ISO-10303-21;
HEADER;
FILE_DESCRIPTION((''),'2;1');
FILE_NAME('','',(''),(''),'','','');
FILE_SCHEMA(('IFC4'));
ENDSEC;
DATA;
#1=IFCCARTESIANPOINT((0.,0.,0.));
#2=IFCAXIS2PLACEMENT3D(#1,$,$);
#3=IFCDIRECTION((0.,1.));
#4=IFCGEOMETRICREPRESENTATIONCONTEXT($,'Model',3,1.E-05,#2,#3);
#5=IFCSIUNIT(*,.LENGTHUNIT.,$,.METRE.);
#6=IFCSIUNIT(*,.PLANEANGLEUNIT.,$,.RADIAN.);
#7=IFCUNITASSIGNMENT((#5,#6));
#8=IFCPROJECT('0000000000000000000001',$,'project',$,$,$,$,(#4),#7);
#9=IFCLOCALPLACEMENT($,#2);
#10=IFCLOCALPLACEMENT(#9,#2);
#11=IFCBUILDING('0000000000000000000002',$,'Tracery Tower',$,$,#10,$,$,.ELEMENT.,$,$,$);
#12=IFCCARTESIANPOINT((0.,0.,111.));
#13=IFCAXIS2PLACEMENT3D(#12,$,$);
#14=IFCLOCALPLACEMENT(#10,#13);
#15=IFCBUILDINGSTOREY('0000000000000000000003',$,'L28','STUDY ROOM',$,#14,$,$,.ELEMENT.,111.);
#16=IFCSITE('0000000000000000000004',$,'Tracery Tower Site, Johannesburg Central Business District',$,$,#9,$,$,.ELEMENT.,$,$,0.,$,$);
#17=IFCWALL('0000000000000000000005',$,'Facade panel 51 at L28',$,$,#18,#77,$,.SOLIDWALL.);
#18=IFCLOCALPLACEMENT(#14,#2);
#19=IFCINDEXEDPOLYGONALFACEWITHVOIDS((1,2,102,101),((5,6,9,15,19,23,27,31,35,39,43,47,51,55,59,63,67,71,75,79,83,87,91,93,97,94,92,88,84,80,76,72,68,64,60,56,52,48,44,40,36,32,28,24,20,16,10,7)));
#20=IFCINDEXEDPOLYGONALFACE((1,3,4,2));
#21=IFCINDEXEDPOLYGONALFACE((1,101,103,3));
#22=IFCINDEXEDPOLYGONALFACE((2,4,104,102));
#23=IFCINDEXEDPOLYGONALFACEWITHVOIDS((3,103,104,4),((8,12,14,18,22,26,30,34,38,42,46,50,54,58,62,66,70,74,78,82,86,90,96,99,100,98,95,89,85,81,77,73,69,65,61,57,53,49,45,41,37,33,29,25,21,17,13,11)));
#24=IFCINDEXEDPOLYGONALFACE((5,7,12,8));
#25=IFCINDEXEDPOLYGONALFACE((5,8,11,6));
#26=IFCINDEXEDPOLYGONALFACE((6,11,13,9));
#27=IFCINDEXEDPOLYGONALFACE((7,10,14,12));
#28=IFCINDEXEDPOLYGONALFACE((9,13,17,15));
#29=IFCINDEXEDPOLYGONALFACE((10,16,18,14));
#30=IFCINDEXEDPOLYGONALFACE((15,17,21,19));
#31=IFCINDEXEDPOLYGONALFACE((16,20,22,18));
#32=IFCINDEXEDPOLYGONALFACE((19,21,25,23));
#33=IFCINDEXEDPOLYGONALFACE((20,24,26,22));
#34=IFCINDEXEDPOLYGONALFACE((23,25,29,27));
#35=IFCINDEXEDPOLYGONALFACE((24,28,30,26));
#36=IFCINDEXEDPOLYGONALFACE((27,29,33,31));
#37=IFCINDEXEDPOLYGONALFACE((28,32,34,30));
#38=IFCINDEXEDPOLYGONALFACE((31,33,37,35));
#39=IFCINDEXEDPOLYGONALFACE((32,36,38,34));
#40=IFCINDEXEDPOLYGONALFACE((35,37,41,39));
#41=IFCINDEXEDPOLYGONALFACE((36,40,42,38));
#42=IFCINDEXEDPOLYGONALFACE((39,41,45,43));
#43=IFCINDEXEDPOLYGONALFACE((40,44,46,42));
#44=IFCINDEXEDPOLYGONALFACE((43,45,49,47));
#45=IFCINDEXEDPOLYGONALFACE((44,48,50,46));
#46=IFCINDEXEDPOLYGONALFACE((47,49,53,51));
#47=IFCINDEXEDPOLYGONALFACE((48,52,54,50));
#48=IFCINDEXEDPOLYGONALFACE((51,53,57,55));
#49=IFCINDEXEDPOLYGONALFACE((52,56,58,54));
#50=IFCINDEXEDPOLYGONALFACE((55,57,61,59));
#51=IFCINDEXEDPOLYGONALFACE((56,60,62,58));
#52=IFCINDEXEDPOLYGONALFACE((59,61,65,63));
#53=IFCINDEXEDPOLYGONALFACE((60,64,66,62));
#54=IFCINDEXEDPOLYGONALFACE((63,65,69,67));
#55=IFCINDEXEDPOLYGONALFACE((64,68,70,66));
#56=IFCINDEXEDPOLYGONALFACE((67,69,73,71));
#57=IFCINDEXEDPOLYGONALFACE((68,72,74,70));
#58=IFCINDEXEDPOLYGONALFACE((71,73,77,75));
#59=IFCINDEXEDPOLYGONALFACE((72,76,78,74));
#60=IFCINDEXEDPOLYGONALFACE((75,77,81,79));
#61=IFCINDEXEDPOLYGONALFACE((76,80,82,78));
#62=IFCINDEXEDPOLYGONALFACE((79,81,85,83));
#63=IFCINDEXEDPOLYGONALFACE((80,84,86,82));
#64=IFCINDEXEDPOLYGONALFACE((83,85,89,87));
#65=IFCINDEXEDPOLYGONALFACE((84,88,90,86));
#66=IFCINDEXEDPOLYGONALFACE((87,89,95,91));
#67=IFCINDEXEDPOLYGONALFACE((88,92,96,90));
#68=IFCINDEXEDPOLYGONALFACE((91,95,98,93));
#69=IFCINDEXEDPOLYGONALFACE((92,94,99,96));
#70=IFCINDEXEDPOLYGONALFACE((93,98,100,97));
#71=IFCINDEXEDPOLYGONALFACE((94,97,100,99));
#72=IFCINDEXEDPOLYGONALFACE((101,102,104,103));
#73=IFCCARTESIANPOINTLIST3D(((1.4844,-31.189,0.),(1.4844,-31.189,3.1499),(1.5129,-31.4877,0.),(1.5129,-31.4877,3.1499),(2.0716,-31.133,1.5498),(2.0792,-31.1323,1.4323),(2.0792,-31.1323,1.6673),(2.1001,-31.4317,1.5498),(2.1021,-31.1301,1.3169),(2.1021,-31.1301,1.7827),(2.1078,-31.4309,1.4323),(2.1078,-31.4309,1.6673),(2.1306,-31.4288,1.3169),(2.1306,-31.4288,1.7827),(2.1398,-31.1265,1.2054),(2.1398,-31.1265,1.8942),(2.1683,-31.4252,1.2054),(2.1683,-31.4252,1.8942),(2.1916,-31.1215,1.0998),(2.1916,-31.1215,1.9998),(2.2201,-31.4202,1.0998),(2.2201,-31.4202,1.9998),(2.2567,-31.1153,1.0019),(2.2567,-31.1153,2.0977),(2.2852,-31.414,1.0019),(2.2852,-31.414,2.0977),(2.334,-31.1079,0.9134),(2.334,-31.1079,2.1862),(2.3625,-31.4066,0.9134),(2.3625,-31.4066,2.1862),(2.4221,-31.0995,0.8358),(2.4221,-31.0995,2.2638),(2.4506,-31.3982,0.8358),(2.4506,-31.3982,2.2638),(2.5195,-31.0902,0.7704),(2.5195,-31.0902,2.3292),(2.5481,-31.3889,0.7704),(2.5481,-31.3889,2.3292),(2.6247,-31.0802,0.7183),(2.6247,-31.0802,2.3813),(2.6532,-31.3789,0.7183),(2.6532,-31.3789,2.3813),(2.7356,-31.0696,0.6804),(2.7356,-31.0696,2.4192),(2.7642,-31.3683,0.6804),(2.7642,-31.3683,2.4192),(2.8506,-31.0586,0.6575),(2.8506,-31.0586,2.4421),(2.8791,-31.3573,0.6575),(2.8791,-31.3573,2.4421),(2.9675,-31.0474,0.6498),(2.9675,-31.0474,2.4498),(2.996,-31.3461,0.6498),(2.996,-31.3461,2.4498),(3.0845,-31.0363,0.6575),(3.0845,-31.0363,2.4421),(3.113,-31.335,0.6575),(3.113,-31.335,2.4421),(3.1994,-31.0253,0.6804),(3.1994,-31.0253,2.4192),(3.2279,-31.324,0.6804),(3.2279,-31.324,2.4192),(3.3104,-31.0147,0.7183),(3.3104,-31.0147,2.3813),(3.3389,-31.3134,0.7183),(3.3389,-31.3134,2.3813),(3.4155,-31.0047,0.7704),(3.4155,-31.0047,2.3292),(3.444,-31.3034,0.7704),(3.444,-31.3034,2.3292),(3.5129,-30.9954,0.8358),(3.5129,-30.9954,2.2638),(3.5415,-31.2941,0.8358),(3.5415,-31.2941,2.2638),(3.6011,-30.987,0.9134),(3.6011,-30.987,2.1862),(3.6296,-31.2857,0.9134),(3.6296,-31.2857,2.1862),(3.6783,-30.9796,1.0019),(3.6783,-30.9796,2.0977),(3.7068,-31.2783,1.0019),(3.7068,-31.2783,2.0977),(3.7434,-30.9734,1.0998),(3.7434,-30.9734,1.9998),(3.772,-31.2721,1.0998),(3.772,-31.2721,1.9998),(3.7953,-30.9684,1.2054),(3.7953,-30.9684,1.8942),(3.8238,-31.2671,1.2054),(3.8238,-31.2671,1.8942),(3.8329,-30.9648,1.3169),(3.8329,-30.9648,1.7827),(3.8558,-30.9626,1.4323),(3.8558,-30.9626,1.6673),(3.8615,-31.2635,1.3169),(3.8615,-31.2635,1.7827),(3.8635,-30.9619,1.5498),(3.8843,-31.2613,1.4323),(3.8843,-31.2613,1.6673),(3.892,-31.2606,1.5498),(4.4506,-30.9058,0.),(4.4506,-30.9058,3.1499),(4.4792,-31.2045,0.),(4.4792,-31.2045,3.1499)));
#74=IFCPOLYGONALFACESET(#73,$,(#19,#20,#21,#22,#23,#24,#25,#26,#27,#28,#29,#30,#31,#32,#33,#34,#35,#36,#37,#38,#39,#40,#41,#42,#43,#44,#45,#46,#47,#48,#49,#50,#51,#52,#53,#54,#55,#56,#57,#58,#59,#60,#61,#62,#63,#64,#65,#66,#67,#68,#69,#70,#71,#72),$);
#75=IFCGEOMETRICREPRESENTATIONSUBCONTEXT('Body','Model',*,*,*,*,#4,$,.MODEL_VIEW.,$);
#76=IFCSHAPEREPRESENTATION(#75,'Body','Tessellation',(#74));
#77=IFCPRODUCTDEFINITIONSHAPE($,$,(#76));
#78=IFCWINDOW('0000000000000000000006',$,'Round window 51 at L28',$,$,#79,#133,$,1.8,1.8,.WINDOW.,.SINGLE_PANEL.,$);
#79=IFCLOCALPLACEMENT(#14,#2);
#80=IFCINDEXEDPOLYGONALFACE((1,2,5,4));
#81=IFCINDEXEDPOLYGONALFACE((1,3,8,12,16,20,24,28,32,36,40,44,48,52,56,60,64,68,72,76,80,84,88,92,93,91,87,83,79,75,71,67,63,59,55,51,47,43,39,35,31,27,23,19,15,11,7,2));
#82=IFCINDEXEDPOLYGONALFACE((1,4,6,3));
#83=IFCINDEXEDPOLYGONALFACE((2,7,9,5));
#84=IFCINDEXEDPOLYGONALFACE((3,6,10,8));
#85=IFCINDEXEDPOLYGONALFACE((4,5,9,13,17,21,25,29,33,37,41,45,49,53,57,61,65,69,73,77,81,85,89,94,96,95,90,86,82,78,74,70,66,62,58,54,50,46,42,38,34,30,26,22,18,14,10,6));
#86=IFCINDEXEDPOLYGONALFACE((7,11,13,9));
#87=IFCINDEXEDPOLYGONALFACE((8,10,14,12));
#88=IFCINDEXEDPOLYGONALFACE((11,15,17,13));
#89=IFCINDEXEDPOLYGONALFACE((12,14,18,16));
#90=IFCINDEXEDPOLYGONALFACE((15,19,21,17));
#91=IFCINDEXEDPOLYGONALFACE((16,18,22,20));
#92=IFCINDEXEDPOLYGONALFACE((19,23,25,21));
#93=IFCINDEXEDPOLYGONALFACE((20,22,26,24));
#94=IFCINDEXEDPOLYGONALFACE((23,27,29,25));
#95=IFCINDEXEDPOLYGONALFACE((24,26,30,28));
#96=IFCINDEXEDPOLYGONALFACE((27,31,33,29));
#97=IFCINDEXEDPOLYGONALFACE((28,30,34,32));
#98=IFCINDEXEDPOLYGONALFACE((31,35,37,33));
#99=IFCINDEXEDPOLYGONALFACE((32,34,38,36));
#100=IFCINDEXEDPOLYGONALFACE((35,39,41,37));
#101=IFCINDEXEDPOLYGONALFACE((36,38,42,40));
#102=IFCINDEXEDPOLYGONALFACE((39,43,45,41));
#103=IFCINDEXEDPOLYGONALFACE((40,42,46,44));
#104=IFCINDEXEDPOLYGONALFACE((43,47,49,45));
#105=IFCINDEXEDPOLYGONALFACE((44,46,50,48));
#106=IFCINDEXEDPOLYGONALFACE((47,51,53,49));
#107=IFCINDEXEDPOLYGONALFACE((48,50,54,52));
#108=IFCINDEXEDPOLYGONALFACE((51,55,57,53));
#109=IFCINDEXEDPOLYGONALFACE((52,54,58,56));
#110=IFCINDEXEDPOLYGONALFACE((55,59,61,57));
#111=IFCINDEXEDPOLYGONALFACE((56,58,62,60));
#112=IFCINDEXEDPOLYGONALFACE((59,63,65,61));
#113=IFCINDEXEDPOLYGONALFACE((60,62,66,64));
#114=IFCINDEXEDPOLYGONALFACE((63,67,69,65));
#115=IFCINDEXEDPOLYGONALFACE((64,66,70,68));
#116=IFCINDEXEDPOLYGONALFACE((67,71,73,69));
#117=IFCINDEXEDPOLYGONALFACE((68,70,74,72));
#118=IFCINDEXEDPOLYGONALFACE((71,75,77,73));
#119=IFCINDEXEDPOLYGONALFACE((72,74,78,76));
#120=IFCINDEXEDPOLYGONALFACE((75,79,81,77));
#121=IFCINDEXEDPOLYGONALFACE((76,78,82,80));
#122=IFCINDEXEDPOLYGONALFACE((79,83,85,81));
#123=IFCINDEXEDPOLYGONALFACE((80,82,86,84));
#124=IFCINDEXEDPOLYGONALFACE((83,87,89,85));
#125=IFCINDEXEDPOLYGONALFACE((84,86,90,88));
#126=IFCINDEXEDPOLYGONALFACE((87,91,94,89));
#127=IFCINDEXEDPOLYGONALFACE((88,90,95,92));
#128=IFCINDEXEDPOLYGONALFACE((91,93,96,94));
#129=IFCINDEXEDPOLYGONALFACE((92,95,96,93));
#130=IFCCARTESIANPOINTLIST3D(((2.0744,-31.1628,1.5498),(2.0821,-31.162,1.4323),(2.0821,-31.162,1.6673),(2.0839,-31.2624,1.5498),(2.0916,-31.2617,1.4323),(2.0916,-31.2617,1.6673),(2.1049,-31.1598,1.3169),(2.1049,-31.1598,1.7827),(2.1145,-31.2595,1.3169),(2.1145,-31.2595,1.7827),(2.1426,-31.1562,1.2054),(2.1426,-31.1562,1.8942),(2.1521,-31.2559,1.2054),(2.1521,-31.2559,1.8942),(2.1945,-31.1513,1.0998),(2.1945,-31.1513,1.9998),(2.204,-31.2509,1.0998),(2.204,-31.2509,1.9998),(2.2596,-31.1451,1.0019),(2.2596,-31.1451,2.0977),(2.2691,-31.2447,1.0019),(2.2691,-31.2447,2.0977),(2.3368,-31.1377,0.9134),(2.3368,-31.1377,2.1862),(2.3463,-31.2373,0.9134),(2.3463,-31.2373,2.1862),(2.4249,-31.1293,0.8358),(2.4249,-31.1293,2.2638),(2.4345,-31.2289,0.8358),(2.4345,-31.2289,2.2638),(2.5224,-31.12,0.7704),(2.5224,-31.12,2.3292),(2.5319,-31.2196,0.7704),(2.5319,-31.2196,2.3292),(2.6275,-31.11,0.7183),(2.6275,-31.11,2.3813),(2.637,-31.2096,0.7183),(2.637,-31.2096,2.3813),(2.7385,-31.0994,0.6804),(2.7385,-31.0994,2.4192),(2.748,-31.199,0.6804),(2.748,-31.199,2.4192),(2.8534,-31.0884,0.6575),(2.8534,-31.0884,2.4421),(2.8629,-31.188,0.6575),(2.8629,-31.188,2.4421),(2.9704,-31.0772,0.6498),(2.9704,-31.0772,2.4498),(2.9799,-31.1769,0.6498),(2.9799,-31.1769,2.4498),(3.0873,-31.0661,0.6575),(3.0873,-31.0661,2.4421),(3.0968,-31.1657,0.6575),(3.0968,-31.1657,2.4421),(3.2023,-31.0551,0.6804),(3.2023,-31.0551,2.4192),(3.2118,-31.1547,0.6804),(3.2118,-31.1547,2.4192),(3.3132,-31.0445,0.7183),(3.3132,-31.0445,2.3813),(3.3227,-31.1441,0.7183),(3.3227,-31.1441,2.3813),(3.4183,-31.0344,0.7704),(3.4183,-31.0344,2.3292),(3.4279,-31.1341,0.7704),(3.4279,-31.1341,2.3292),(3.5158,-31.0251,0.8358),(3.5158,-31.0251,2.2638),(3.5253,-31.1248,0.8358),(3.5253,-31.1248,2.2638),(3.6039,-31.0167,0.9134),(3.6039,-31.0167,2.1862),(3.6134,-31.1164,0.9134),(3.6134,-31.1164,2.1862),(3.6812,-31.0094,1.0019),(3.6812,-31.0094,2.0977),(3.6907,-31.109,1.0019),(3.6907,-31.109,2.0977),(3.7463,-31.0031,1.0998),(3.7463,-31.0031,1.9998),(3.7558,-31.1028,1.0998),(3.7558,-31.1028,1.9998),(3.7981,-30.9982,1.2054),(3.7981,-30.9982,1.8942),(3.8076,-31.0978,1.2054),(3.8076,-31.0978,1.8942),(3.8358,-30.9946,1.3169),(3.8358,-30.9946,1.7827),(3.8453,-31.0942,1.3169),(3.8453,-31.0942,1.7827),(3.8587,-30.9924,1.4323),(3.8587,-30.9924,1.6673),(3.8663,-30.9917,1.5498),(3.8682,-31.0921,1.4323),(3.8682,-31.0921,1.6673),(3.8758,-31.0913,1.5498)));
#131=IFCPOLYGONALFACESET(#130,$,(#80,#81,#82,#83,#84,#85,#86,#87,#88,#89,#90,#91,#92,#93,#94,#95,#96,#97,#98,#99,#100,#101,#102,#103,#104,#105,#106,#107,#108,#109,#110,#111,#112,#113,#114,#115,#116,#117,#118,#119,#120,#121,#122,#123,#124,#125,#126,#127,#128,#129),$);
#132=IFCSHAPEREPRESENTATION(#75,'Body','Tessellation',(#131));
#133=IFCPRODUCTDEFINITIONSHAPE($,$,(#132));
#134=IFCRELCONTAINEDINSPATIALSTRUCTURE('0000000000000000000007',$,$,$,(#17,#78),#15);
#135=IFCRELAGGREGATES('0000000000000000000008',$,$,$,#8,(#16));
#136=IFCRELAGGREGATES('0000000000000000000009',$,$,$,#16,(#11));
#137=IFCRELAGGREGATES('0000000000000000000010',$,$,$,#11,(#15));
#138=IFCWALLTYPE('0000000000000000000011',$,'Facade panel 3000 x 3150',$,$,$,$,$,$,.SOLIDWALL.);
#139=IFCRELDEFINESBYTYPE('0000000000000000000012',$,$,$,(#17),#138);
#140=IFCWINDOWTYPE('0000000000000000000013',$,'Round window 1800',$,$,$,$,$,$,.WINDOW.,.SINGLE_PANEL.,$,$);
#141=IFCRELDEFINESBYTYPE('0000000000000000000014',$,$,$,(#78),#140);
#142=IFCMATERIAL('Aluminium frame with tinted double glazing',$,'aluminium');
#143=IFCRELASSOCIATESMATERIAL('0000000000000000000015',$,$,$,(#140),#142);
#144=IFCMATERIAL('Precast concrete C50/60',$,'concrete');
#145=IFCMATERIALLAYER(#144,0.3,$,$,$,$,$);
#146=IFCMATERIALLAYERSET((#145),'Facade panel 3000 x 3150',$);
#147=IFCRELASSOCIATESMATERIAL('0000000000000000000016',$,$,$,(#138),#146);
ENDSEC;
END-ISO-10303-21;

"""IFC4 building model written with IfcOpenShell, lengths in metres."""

from ifc_helpers import new_model, si_unit, direction, frame, frame_2d, origin, origin_2d, place, context, subcontext, project, spatial, rectangle, circle, extrude, material, layer, layer_set, type_object, element, fill, save


model = new_model("IFC4")

# Units and contexts
model_context = context("Model", 3, precision=1e-05, world=origin(), true_north=direction((0.0, 1.0)))
body_context = subcontext(model_context, "Body", "Model", "MODEL_VIEW")
ifc_project = project(units=[si_unit("LENGTHUNIT", "METRE"), si_unit("PLANEANGLEUNIT", "RADIAN")], contexts=[model_context])

# Site, building, storey
site_placement = place(None, origin())
site = spatial("IfcSite", under=ifc_project, at=site_placement, Name="Tracery Tower Site, Johannesburg Central Business District", CompositionType="ELEMENT", RefElevation=0.0)
building_placement = place(site_placement, origin())
building = spatial("IfcBuilding", under=site, at=building_placement, Name="Tracery Tower", CompositionType="ELEMENT")
storey_placement = place(building_placement, frame((0.0, 0.0, 111.0)))
storey = spatial("IfcBuildingStorey", under=building, at=storey_placement, Name="L28", Description="STUDY ROOM", CompositionType="ELEMENT", Elevation=111.0)

# Wall, opening, window
ifc_material_1 = material(Name="Aluminium frame with tinted double glazing", Category="aluminium")
window_type = type_object("IfcWindowType", Name="Round window 1800", PartitioningType="SINGLE_PANEL", PredefinedType="WINDOW", material=ifc_material_1)
ifc_material_2 = material(Name="Precast concrete C50/60", Category="concrete")
ifc_layer_1 = layer(ifc_material_2, 0.3)
ifc_layer_set_1 = layer_set([ifc_layer_1], Name="Facade panel 3000 x 3150")
wall_type_1 = type_object("IfcWallType", Name="Facade panel 3000 x 3150", PredefinedType="SOLIDWALL", material=ifc_layer_set_1)
wall_1_placement = place(storey_placement, frame((1.4988, -31.3384, 0.0), z_axis=(0.0, 0.0, 1.0), x_axis=(0.995473, 0.095041, 0.0)))
wall_1 = element("IfcWall", 1, at=wall_1_placement, inside=storey, type_object=wall_type_1, Name="Facade panel 51 at L28", PredefinedType="SOLIDWALL", context=body_context, shape_type="SweptSolid", body=[
    extrude(rectangle(XDim=2.9797, YDim=0.3, at=frame_2d((1.4897, 0.0))), origin(), (0.0, 0.0, 1.0), 3.1499),
])
opening_1_placement = place(wall_1_placement, frame((1.4897, 0.0, 1.5498)))
opening_1 = element("IfcOpeningElement", 2, at=opening_1_placement, cuts=wall_1, PredefinedType="OPENING", context=body_context, shape_type="SweptSolid", body=[
    extrude(circle(Radius=0.9, at=origin_2d()), frame((0.0, 0.1599, 0.0), z_axis=(0.0, -1.0, 0.0), x_axis=(1.0, 0.0, 0.0)), (0.0, 0.0, 1.0), 0.3201),
])
window_1_placement = place(opening_1_placement, origin())
window_1 = element("IfcWindow", 3, at=window_1_placement, inside=storey, type_object=window_type, Name="Round window 51 at L28", OverallHeight=1.8, OverallWidth=1.8, PartitioningType="SINGLE_PANEL", PredefinedType="WINDOW", context=body_context, shape_type="SweptSolid", body=[
    extrude(circle(Radius=0.9, at=origin_2d()), frame((0.0, 0.1201, 0.0), z_axis=(0.0, -1.0, 0.0), x_axis=(1.0, 0.0, 0.0)), (0.0, 0.0, 1.0), 0.1001),
])
fill(opening_1, window_1)

save(model, "model.ifc")
